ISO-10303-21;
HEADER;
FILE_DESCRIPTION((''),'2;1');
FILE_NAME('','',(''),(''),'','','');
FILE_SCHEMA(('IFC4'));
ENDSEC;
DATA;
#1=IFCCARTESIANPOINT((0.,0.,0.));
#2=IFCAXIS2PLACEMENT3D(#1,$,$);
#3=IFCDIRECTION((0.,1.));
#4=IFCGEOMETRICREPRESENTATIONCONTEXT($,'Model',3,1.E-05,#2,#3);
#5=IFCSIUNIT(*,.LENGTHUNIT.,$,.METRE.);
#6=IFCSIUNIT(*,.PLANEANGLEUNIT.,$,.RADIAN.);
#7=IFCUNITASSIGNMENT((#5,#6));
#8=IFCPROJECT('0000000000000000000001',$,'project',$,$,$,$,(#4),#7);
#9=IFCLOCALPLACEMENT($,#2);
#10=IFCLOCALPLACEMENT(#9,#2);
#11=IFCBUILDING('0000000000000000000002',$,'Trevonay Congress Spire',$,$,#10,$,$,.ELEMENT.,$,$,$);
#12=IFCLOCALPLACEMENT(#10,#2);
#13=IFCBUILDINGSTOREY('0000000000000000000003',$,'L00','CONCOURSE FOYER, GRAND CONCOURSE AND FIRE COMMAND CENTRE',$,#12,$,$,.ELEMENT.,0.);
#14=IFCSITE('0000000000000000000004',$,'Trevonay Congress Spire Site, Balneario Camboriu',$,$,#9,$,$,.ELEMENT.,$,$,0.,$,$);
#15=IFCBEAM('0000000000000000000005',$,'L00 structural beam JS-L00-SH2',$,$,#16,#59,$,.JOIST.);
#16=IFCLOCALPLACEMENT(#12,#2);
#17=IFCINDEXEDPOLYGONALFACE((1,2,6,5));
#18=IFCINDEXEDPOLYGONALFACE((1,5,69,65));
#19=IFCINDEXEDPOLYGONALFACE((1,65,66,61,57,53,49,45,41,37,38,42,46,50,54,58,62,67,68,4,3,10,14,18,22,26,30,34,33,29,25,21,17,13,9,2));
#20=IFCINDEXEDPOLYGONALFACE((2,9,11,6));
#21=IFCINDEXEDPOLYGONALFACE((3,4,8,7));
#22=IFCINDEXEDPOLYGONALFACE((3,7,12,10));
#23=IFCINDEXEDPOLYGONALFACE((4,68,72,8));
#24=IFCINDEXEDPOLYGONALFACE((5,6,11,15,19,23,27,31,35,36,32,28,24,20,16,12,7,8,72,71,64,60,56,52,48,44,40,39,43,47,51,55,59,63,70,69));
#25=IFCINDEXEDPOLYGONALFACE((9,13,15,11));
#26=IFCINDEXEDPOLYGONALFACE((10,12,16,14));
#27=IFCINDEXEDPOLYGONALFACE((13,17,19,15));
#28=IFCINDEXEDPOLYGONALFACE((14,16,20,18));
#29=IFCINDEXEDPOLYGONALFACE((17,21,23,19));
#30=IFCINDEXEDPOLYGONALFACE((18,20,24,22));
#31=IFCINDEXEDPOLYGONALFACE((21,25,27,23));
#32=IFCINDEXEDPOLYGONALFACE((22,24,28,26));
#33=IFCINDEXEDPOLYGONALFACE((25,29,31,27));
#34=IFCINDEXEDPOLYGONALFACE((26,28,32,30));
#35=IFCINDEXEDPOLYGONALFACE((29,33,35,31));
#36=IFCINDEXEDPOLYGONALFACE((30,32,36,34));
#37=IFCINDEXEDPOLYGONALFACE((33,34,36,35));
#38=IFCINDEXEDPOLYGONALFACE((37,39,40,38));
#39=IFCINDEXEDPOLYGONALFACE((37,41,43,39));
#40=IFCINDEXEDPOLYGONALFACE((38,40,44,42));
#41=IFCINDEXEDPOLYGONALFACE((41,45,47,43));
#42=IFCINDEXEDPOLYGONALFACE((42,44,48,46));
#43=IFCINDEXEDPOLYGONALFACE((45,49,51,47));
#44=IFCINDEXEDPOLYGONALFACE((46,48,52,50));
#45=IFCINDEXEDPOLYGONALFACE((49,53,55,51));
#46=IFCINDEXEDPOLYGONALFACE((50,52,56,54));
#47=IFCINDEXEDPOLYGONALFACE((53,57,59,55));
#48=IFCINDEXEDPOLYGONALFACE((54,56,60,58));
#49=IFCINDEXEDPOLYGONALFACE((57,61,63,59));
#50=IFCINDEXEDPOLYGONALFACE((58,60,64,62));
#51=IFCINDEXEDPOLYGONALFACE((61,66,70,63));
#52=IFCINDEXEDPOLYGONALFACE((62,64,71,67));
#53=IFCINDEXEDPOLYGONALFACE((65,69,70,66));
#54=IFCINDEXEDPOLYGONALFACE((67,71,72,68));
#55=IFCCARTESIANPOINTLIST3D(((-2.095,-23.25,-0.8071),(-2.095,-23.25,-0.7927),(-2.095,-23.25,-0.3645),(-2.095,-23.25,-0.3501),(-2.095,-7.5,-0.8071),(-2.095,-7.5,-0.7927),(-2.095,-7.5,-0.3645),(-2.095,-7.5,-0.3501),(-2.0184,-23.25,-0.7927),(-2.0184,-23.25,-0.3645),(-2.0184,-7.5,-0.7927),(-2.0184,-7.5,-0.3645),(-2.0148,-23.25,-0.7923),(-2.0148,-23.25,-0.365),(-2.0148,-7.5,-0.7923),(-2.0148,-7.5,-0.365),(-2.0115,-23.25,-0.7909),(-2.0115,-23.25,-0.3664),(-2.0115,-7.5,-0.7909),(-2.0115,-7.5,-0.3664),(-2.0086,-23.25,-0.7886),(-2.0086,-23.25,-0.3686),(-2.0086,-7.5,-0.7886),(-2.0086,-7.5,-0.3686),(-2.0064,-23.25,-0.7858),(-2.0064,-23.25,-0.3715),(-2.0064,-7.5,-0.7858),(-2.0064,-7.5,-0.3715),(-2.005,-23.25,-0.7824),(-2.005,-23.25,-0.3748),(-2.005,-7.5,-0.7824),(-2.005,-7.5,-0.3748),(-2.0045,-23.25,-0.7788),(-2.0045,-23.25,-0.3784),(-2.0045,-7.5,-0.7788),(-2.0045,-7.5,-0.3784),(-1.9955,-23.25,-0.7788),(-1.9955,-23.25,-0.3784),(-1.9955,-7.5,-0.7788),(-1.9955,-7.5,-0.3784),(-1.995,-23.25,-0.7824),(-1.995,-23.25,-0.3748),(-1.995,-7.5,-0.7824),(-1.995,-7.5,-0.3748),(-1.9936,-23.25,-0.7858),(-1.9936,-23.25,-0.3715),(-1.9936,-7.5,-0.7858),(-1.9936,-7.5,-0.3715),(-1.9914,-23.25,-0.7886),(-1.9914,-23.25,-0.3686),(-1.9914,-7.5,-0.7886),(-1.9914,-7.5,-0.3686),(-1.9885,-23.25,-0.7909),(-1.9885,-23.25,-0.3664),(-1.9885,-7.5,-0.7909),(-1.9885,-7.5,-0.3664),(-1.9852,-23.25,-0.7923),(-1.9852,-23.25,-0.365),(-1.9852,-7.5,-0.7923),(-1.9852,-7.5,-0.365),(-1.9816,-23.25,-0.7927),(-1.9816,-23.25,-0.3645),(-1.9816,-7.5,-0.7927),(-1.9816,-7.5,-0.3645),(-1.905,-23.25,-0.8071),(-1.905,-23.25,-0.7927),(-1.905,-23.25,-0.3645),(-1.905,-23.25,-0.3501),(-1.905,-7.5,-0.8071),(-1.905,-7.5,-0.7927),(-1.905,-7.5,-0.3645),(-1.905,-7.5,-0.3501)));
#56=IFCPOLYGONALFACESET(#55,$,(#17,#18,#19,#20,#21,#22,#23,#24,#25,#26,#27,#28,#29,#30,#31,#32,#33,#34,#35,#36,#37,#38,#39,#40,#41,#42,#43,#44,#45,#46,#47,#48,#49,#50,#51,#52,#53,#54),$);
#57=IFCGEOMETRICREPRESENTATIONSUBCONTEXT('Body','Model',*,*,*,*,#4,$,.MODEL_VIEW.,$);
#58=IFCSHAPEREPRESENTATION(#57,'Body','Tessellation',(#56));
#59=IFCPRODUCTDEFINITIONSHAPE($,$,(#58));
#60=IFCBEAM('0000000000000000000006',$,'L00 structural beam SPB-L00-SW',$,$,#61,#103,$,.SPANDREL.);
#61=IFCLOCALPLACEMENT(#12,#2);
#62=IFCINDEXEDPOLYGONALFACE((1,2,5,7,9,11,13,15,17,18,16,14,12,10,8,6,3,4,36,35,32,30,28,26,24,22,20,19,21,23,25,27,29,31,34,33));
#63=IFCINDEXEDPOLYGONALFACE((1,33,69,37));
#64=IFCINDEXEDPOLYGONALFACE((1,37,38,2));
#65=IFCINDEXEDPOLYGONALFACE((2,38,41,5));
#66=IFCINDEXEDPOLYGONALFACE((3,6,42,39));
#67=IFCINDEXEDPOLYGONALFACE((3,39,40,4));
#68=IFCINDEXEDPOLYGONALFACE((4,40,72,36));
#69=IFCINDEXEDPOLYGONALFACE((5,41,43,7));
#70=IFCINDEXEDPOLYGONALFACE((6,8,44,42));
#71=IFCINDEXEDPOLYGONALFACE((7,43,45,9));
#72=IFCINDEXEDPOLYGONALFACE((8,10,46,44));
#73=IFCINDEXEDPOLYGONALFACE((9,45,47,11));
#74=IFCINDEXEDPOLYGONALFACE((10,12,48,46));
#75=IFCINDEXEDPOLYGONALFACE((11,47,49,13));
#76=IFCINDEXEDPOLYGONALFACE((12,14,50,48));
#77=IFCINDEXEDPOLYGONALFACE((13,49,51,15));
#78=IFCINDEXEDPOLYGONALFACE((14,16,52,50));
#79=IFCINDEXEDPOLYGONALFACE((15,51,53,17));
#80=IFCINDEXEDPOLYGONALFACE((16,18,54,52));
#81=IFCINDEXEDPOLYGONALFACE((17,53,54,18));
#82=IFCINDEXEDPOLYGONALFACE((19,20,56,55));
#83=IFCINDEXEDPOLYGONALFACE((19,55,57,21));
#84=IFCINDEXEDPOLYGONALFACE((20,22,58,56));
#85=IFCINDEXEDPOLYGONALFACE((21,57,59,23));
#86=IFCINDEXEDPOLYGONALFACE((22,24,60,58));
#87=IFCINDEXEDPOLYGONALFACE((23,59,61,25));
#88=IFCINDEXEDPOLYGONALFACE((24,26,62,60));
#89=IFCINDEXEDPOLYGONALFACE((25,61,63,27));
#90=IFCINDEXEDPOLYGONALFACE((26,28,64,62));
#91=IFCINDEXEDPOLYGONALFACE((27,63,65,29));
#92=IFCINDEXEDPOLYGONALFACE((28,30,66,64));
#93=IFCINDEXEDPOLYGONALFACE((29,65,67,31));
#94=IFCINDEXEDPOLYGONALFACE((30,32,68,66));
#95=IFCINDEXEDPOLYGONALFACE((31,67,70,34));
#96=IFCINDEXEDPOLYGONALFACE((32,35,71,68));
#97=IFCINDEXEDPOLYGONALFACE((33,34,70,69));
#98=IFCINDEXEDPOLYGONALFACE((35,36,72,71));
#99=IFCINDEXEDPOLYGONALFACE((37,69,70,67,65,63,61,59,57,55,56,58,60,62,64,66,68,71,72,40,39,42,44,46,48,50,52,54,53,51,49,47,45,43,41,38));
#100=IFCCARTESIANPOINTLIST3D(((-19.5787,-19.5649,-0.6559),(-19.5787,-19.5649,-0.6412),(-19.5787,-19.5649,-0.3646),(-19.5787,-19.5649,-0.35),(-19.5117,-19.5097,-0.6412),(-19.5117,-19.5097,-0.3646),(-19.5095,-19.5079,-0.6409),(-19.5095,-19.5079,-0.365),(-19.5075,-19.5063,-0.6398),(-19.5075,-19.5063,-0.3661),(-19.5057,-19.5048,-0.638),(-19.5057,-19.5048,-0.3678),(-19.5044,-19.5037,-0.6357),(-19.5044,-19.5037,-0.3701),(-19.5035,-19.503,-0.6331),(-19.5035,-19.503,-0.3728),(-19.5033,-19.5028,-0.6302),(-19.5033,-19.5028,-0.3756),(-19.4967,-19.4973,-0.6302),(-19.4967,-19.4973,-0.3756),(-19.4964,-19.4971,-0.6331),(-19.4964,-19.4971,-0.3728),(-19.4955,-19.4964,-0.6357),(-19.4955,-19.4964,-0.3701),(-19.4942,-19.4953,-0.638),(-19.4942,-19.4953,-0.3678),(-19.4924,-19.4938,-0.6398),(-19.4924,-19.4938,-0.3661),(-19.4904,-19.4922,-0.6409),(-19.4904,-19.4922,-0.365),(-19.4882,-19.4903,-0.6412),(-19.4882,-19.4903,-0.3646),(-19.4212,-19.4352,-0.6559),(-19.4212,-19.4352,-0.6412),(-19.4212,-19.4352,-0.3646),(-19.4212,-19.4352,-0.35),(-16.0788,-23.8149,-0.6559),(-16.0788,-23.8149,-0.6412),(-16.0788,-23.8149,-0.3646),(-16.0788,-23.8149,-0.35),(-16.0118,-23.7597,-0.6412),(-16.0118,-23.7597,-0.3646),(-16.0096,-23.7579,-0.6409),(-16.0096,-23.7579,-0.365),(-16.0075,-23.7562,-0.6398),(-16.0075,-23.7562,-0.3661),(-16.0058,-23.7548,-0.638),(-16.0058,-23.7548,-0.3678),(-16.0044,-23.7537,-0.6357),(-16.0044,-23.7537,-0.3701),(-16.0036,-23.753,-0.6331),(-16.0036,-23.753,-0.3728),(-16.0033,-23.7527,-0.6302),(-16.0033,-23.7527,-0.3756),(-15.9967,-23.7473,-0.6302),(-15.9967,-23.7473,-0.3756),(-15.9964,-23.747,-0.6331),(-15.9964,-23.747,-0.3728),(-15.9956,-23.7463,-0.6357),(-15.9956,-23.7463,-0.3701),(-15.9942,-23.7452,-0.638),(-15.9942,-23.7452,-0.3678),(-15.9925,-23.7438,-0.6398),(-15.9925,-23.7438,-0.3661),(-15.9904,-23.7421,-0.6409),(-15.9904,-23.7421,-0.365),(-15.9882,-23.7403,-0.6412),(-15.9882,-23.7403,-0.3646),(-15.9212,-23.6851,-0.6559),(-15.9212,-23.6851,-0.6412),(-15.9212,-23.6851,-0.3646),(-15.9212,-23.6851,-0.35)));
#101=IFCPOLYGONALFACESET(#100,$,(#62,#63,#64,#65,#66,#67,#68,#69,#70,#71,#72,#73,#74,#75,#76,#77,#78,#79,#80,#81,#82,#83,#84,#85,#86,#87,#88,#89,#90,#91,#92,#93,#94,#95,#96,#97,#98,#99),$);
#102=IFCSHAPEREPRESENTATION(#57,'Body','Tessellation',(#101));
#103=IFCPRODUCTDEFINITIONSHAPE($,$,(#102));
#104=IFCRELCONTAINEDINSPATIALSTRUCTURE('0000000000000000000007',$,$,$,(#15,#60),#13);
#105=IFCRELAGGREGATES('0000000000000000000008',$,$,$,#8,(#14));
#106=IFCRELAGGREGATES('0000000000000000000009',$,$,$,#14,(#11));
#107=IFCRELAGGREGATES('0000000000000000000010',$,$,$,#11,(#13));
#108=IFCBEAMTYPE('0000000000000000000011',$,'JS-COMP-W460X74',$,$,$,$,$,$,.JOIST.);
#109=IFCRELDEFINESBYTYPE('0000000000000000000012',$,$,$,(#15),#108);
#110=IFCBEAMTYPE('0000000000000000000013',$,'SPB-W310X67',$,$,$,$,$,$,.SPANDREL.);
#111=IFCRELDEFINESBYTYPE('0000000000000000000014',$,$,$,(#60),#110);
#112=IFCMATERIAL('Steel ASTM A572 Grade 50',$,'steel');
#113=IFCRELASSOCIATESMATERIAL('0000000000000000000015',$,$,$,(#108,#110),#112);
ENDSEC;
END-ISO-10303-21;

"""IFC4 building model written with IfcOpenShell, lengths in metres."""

from ifc_helpers import new_model, si_unit, direction, frame, origin, origin_2d, place, context, subcontext, project, spatial, i_section, extrude, material, material_profile, profile_set, type_object, element, save


model = new_model("IFC4")

# Units and contexts
model_context = context("Model", 3, precision=1e-05, world=origin(), true_north=direction((0.0, 1.0)))
body_context = subcontext(model_context, "Body", "Model", "MODEL_VIEW")
ifc_project = project(units=[si_unit("LENGTHUNIT", "METRE"), si_unit("PLANEANGLEUNIT", "RADIAN")], contexts=[model_context])

# Site, building, storey
site_placement = place(None, origin())
site = spatial("IfcSite", under=ifc_project, at=site_placement, Name="Trevonay Congress Spire Site, Balneario Camboriu", CompositionType="ELEMENT", RefElevation=0.0)
building_placement = place(site_placement, origin())
building = spatial("IfcBuilding", under=site, at=building_placement, Name="Trevonay Congress Spire", CompositionType="ELEMENT")
storey_placement = place(building_placement, origin())
storey = spatial("IfcBuildingStorey", under=building, at=storey_placement, Name="L00", Description="CONCOURSE FOYER, GRAND CONCOURSE AND FIRE COMMAND CENTRE", CompositionType="ELEMENT", Elevation=0.0)

# Shared definitions
ifc_material_1 = material(Name="Steel ASTM A572 Grade 50", Category="steel")

# Beams
ifc_material_profile_1 = material_profile(ifc_material_1, i_section(OverallWidth=0.1899, OverallDepth=0.457, WebThickness=0.009, FlangeThickness=0.0144, FilletRadius=0.0139, at=origin_2d()), Name="W460x74")
ifc_profile_set_1 = profile_set([ifc_material_profile_1], Name="Steel ASTM A572 Grade 50")
beam_type_1 = type_object("IfcBeamType", Name="JS-COMP-W460X74", PredefinedType="JOIST", material=ifc_profile_set_1)
for number, where, z_axis, x_axis, name in (
    (1, (-2.0, -23.25, -0.5786), (0.0, 1.0, 0.0), (-1.0, 0.0, 0.0), "L00 structural beam JS-L00-SH2"),
):
    element("IfcBeam", number, at=place(storey_placement, frame(where, z_axis=z_axis, x_axis=x_axis)), inside=storey, type_object=beam_type_1, Name=name, PredefinedType="JOIST", context=body_context, shape_type="SweptSolid", body=[
        extrude(i_section(OverallWidth=0.1899, OverallDepth=0.457, WebThickness=0.009, FlangeThickness=0.0144, FilletRadius=0.0139, at=origin_2d()), origin(), (0.0, 0.0, 1.0), 15.75),
    ])
ifc_material_profile_2 = material_profile(ifc_material_1, i_section(OverallWidth=0.2041, OverallDepth=0.3059, WebThickness=0.0085, FlangeThickness=0.0146, FilletRadius=0.011, at=origin_2d()), Name="W310x67")
ifc_profile_set_2 = profile_set([ifc_material_profile_2], Name="Steel ASTM A572 Grade 50")
beam_type_2 = type_object("IfcBeamType", Name="SPB-W310X67", PredefinedType="SPANDREL", material=ifc_profile_set_2)
beam_1_placement = place(storey_placement, frame((-16.0, -23.75, -0.5029), z_axis=(-0.635707, 0.77193, 0.0), x_axis=(-0.77193, -0.635707, 0.0)))
element("IfcBeam", 2, at=beam_1_placement, inside=storey, type_object=beam_type_2, Name="L00 structural beam SPB-L00-SW", PredefinedType="SPANDREL", context=body_context, shape_type="SweptSolid", body=[
    extrude(i_section(OverallWidth=0.2041, OverallDepth=0.3059, WebThickness=0.0085, FlangeThickness=0.0146, FilletRadius=0.011, at=origin_2d()), origin(), (0.0, 0.0, 1.0), 5.5056),
])

save(model, "model.ifc")
